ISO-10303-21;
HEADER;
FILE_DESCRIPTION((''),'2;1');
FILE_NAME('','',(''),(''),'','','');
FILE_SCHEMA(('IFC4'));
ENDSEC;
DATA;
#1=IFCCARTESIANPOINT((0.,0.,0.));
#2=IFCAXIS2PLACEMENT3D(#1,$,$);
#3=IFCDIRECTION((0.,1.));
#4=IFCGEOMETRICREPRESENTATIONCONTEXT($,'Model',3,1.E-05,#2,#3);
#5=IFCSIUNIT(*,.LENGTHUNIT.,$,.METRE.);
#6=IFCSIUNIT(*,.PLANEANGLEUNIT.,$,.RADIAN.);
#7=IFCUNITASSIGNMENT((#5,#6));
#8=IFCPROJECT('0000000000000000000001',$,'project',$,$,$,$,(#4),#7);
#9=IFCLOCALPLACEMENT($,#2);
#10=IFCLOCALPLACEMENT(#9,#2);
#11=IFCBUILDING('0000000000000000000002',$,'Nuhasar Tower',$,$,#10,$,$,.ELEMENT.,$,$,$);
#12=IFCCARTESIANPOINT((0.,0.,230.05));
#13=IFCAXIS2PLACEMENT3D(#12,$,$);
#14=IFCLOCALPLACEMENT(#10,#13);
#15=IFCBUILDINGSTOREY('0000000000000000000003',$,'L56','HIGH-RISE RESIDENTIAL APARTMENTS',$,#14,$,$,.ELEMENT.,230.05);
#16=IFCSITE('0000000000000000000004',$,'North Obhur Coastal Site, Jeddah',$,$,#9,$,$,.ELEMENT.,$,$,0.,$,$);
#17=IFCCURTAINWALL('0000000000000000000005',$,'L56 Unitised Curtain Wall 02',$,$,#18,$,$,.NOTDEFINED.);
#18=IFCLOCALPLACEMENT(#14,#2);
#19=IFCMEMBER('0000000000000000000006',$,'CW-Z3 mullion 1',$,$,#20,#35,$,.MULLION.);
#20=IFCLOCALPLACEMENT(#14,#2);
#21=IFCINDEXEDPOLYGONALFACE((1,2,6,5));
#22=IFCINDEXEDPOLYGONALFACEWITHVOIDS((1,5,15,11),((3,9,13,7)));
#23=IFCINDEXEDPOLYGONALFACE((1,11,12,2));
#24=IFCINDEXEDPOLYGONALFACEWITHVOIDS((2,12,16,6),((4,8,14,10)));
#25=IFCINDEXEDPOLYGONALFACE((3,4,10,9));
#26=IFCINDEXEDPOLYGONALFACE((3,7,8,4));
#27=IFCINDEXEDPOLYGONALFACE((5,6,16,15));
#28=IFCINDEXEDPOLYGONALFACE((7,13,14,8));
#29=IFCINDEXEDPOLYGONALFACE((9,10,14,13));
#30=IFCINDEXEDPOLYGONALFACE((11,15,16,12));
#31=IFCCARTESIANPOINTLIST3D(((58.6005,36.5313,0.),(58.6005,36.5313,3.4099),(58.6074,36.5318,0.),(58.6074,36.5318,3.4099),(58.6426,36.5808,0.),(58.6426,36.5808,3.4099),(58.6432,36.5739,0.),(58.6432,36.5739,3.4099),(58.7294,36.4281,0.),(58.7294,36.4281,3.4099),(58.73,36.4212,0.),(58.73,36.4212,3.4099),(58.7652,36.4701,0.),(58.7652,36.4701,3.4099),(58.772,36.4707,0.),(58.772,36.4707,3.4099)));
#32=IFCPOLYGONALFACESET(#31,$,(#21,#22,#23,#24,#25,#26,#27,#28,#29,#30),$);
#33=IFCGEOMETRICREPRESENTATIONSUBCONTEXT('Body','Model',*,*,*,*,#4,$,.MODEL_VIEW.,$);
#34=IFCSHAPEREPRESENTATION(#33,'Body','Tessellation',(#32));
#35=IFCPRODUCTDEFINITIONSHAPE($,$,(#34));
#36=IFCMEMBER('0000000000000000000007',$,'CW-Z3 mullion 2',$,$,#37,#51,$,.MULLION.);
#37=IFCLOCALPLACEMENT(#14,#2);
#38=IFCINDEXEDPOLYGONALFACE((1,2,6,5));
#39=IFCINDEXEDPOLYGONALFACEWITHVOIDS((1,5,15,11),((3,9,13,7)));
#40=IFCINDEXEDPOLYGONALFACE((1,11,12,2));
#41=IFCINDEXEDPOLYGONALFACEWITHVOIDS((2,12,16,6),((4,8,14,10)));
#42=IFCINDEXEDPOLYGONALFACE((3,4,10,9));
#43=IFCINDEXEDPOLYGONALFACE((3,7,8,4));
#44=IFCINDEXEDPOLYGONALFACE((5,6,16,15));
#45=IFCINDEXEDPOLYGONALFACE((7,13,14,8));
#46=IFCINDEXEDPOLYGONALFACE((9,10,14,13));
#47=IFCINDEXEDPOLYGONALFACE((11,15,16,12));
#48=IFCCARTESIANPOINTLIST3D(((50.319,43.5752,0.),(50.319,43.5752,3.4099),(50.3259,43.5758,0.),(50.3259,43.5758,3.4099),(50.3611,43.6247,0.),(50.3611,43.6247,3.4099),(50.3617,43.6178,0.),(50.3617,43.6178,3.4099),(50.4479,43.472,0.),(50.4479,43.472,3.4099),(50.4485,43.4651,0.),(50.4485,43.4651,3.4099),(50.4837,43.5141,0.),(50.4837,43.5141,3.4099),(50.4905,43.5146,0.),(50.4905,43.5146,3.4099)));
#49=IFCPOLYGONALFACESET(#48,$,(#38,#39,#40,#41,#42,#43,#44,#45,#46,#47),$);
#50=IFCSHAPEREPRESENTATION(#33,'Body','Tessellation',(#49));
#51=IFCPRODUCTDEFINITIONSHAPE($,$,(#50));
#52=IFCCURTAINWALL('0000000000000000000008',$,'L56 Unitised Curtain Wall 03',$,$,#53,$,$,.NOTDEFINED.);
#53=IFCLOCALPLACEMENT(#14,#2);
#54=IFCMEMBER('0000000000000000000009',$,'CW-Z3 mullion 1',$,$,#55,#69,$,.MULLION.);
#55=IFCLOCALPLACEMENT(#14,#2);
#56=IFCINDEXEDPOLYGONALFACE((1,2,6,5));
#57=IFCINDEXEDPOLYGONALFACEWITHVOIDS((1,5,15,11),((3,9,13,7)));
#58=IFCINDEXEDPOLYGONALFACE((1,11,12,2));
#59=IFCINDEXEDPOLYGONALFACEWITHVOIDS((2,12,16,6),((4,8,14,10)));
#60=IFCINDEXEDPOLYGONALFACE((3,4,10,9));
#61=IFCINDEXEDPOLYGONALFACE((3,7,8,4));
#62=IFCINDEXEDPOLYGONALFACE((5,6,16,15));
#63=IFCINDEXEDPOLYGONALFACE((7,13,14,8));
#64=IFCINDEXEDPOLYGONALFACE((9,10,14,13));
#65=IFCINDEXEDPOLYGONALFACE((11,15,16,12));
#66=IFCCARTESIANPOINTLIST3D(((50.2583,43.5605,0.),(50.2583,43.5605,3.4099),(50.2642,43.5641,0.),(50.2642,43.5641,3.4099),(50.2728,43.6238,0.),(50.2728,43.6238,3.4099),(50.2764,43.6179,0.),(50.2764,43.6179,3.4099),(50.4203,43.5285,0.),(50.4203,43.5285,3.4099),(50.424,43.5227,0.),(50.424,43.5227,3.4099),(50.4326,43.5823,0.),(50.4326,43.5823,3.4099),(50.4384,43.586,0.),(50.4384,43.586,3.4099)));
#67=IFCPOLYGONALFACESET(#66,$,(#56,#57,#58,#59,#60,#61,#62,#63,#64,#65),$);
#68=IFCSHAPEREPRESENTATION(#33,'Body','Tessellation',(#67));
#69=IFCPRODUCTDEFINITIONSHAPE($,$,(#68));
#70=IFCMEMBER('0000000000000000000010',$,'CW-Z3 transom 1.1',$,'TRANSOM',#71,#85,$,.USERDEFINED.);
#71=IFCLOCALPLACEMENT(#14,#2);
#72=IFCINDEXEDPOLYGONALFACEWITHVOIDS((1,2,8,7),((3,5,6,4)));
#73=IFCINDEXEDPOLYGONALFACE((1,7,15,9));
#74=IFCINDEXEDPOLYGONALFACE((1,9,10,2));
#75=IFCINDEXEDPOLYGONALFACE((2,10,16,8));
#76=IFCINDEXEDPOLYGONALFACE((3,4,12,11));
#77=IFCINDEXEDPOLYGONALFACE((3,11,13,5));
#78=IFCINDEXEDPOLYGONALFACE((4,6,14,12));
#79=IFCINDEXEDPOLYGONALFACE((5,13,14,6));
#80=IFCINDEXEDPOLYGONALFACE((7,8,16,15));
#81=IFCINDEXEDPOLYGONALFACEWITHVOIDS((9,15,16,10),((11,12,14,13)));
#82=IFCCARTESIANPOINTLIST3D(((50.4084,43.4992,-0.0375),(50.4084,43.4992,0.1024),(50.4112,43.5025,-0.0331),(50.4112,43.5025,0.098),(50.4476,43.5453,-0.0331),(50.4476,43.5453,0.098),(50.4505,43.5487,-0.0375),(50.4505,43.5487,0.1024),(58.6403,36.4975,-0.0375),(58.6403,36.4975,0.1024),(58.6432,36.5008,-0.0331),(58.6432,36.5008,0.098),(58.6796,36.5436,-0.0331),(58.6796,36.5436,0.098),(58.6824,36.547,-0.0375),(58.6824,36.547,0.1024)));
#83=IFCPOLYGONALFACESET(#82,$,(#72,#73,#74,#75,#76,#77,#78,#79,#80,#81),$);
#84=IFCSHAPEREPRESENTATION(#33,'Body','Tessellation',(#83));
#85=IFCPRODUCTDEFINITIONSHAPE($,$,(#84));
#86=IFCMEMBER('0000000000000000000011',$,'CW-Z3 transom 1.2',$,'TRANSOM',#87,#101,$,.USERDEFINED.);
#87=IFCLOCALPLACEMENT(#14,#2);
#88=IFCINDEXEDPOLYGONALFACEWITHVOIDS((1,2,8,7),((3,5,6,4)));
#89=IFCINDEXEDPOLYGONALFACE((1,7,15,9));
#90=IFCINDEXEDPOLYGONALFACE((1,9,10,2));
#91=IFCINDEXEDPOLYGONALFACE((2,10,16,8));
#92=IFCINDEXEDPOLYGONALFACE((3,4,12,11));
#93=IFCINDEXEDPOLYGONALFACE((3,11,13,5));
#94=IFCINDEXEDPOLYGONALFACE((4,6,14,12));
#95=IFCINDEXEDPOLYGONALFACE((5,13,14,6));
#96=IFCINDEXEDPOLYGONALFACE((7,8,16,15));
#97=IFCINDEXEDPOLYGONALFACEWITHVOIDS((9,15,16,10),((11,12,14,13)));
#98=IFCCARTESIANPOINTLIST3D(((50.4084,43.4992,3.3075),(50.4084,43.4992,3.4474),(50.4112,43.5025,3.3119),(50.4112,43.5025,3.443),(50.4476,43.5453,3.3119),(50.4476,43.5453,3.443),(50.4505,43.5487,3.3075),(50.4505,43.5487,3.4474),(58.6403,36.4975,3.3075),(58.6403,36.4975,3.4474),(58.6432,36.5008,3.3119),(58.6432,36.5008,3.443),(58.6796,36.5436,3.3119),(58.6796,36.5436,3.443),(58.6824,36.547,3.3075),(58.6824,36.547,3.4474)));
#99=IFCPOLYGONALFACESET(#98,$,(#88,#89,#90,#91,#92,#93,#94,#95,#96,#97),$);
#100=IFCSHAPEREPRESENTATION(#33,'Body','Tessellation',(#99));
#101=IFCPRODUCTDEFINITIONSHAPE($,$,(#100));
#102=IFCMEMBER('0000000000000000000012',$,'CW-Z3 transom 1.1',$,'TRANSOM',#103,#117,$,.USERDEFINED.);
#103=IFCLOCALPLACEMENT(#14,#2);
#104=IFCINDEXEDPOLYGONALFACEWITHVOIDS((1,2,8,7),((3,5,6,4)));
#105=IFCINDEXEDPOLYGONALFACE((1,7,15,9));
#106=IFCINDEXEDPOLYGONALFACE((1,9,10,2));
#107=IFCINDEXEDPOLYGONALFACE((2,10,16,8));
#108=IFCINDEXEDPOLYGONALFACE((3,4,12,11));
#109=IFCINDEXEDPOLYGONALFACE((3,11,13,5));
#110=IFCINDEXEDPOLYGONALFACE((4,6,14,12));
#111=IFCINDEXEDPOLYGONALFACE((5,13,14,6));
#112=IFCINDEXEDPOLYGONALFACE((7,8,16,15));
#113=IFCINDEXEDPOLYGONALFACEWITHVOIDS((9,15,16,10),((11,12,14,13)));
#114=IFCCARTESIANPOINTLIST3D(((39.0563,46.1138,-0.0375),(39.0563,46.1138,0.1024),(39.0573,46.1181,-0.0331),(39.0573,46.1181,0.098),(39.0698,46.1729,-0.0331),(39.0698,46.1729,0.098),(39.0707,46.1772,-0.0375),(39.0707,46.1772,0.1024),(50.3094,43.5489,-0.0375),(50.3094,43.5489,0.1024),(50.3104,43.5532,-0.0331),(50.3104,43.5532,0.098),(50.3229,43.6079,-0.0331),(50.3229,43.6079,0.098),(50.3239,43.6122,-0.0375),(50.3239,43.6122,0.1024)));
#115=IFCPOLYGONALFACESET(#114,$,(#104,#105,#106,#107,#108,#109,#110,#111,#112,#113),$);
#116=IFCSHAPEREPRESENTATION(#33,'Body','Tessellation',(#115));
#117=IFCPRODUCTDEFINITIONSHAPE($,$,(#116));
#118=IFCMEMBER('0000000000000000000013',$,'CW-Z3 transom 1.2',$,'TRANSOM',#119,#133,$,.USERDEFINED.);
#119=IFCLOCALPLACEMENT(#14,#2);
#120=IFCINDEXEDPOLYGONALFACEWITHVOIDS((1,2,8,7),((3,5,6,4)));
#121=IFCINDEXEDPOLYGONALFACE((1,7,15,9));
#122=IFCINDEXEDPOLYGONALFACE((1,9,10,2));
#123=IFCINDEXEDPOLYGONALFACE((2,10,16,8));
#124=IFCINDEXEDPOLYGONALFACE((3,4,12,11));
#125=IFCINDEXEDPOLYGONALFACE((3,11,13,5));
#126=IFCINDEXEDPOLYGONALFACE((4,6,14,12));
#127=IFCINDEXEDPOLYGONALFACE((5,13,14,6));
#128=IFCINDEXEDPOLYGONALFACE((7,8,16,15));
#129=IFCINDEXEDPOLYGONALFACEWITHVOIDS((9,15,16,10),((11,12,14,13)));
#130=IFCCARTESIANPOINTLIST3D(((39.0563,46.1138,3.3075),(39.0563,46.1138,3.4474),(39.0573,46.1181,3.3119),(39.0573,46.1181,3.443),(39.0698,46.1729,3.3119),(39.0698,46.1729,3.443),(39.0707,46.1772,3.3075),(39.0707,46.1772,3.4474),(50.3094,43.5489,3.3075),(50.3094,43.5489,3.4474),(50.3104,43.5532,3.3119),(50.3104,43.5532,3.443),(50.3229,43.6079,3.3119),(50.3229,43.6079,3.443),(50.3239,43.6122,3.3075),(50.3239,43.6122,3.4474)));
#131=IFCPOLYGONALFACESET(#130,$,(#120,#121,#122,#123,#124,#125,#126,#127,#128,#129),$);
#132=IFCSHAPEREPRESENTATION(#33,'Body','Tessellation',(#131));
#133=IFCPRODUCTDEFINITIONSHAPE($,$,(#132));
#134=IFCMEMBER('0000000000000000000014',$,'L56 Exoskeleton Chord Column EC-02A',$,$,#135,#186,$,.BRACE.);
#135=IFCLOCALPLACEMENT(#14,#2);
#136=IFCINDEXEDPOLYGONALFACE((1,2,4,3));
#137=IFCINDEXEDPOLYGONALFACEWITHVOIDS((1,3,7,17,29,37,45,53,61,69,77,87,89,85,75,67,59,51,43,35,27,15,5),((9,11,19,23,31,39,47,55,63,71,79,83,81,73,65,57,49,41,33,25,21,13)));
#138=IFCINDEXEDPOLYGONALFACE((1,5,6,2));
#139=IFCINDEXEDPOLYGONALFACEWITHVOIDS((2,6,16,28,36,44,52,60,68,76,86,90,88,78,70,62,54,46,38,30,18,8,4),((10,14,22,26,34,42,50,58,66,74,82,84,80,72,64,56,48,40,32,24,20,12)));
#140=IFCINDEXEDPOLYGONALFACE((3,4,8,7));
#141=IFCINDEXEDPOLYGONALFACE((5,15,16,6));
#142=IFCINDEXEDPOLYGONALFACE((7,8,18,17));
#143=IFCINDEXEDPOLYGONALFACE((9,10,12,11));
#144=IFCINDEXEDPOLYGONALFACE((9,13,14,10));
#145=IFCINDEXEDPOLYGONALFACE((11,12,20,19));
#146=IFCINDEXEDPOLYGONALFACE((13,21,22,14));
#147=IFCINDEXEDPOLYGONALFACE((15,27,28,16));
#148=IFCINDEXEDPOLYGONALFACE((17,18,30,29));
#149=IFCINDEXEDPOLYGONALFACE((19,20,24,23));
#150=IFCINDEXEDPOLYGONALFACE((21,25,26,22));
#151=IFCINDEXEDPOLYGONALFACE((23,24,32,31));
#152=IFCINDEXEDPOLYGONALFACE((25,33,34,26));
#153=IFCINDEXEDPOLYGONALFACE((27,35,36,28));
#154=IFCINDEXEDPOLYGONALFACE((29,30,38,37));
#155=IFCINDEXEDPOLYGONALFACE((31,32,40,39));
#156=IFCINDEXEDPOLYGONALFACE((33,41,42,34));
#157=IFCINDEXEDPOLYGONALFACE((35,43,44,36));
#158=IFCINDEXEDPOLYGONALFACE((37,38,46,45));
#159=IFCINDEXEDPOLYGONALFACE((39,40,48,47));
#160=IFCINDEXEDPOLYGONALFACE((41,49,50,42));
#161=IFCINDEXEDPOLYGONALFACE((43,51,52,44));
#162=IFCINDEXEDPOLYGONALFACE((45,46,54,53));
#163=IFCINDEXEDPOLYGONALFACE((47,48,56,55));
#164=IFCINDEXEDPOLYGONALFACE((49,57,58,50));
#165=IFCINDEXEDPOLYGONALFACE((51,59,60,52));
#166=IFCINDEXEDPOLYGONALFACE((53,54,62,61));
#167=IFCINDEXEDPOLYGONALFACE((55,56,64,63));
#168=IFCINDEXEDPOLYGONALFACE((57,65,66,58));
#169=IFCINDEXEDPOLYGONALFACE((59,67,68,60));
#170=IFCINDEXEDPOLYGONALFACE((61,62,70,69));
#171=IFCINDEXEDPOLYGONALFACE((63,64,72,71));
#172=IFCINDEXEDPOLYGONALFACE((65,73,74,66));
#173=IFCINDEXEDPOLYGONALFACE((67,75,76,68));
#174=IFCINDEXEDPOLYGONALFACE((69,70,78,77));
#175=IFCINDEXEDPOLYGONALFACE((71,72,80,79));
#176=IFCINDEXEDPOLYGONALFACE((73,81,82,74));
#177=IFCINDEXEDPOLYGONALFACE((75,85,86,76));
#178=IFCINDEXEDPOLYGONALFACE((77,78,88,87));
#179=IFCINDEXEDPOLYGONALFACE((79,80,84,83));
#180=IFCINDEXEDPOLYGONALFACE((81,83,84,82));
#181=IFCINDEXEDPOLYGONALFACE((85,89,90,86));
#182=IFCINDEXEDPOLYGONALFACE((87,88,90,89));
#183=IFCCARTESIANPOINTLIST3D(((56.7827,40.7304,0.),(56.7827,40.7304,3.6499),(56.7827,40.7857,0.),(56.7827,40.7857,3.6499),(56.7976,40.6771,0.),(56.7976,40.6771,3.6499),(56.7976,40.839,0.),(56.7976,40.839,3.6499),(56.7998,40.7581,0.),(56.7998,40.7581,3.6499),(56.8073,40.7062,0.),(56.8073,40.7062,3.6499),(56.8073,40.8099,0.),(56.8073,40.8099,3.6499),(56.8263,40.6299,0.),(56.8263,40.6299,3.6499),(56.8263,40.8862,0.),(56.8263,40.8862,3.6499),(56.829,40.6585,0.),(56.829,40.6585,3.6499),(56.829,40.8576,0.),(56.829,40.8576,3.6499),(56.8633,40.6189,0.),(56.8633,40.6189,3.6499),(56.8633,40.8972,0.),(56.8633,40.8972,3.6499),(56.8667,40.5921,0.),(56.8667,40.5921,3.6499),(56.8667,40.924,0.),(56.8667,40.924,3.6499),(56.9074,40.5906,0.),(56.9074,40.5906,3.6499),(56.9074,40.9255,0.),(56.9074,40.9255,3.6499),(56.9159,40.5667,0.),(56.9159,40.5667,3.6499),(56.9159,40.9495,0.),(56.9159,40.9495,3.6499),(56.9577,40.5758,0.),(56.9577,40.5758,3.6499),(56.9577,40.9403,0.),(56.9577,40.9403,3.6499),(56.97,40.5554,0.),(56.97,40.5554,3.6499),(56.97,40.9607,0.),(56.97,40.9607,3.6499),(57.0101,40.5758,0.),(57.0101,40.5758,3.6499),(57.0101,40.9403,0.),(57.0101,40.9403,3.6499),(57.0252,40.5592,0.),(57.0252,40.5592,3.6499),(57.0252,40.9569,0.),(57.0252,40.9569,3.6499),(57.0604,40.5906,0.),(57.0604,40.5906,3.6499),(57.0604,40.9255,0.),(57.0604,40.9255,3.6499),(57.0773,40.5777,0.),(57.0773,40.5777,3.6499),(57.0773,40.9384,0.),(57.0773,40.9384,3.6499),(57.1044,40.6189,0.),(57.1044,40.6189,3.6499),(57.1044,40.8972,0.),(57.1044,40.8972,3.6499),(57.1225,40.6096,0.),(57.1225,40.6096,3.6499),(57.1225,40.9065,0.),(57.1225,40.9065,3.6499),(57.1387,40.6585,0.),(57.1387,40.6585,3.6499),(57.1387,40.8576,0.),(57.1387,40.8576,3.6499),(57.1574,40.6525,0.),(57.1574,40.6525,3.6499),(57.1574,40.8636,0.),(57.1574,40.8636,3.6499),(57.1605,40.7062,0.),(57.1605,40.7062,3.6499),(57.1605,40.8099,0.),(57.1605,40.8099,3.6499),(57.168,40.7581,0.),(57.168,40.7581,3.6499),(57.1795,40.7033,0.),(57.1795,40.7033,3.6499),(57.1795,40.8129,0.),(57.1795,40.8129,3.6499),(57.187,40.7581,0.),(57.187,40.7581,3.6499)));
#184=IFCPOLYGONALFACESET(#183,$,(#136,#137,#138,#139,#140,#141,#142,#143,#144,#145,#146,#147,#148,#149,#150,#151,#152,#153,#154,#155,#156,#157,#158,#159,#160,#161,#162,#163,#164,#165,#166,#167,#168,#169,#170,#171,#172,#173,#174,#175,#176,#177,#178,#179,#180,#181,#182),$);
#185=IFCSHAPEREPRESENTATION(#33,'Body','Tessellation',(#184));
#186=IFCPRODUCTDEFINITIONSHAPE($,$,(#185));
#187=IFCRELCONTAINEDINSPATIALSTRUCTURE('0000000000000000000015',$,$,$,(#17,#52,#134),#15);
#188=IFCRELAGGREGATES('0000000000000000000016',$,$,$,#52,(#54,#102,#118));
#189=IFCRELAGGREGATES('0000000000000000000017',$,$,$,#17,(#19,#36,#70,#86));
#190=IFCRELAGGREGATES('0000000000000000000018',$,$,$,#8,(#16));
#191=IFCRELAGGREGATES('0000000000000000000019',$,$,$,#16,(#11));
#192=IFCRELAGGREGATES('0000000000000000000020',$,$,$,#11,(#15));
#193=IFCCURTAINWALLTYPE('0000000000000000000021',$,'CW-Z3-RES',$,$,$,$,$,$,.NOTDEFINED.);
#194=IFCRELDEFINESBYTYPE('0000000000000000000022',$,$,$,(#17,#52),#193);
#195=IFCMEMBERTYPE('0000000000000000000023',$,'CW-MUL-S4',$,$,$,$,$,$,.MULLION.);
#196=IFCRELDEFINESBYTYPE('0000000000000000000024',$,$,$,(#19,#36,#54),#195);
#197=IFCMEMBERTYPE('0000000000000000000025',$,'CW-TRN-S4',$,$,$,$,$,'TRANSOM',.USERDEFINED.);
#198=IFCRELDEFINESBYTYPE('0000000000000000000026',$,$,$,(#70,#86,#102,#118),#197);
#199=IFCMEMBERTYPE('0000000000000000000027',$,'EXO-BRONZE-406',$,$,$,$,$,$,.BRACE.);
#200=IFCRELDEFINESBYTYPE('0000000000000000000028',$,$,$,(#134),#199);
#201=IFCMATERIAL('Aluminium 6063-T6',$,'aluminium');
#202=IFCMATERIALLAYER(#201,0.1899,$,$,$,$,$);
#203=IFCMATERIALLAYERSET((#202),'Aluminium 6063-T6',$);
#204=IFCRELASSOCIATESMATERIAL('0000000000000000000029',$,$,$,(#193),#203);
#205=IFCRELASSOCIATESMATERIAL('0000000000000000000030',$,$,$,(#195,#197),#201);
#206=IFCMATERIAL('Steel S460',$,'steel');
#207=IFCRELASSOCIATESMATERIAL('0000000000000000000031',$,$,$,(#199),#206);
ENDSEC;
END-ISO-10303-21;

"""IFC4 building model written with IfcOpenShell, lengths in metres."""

from ifc_helpers import new_model, si_unit, direction, frame, origin, origin_2d, place, context, subcontext, project, spatial, hollow_rectangle, hollow_circle, extrude, material, layer, layer_set, material_profile, profile_set, type_object, element, aggregate, save


model = new_model("IFC4")

# Units and contexts
model_context = context("Model", 3, precision=1e-05, world=origin(), true_north=direction((0.0, 1.0)))
body_context = subcontext(model_context, "Body", "Model", "MODEL_VIEW")
ifc_project = project(units=[si_unit("LENGTHUNIT", "METRE"), si_unit("PLANEANGLEUNIT", "RADIAN")], contexts=[model_context])

# Site, building, storey
site_placement = place(None, origin())
site = spatial("IfcSite", under=ifc_project, at=site_placement, Name="North Obhur Coastal Site, Jeddah", CompositionType="ELEMENT", RefElevation=0.0)
building_placement = place(site_placement, origin())
building = spatial("IfcBuilding", under=site, at=building_placement, Name="Nuhasar Tower", CompositionType="ELEMENT")
storey_placement = place(building_placement, frame((0.0, 0.0, 230.05)))
storey = spatial("IfcBuildingStorey", under=building, at=storey_placement, Name="L56", Description="HIGH-RISE RESIDENTIAL APARTMENTS", CompositionType="ELEMENT", Elevation=230.05)

# Curtain wall, members
ifc_material_1 = material(Name="Aluminium 6063-T6", Category="aluminium")
ifc_layer_1 = layer(ifc_material_1, 0.1899)
ifc_layer_set_1 = layer_set([ifc_layer_1], Name="Aluminium 6063-T6")
curtain_wall_type = type_object("IfcCurtainWallType", Name="CW-Z3-RES", PredefinedType="NOTDEFINED", material=ifc_layer_set_1)
curtain_wall_1_placement = place(storey_placement, origin())
curtain_wall_1 = element("IfcCurtainWall", 1, at=curtain_wall_1_placement, inside=storey, type_object=curtain_wall_type, Name="L56 Unitised Curtain Wall 02", PredefinedType="NOTDEFINED")
ifc_material_profile_1 = material_profile(ifc_material_1, hollow_rectangle(XDim=0.0649, YDim=0.1699, WallThickness=0.0049, at=origin_2d()), Name="CWM-4")
ifc_profile_set_1 = profile_set([ifc_material_profile_1], Name="Aluminium 6063-T6")
member_type_1 = type_object("IfcMemberType", Name="CW-MUL-S4", PredefinedType="MULLION", material=ifc_profile_set_1)
member_1_placement = place(storey_placement, frame((58.6863, 36.501, 0.0), z_axis=(0.0, 0.0, 1.0), x_axis=(-0.647895, -0.761729, 0.0)))
member_1 = element("IfcMember", 2, at=member_1_placement, type_object=member_type_1, Name="CW-Z3 mullion 1", PredefinedType="MULLION", context=body_context, shape_type="SweptSolid", body=[
    extrude(hollow_rectangle(XDim=0.0649, YDim=0.1699, WallThickness=0.0049, at=origin_2d()), origin(), (0.0, 0.0, 1.0), 3.4099),
])
member_2_placement = place(storey_placement, frame((50.4048, 43.5449, 0.0), z_axis=(0.0, 0.0, 1.0), x_axis=(-0.647895, -0.761729, 0.0)))
member_2 = element("IfcMember", 3, at=member_2_placement, type_object=member_type_1, Name="CW-Z3 mullion 2", PredefinedType="MULLION", context=body_context, shape_type="SweptSolid", body=[
    extrude(hollow_rectangle(XDim=0.0649, YDim=0.1699, WallThickness=0.0049, at=origin_2d()), origin(), (0.0, 0.0, 1.0), 3.4099),
])

# Curtain wall, member
curtain_wall_2_placement = place(storey_placement, origin())
curtain_wall_2 = element("IfcCurtainWall", 4, at=curtain_wall_2_placement, inside=storey, type_object=curtain_wall_type, Name="L56 Unitised Curtain Wall 03", PredefinedType="NOTDEFINED")
member_3_placement = place(storey_placement, frame((50.3484, 43.5732, 0.0), z_axis=(0.0, 0.0, 1.0), x_axis=(-0.222243, -0.974991, 0.0)))
member_3 = element("IfcMember", 5, at=member_3_placement, type_object=member_type_1, Name="CW-Z3 mullion 1", PredefinedType="MULLION", context=body_context, shape_type="SweptSolid", body=[
    extrude(hollow_rectangle(XDim=0.0649, YDim=0.1699, WallThickness=0.0049, at=origin_2d()), origin(), (0.0, 0.0, 1.0), 3.4099),
])

# Members
ifc_material_profile_2 = material_profile(ifc_material_1, hollow_rectangle(XDim=0.0649, YDim=0.1399, WallThickness=0.0044, at=origin_2d()), Name="CWT-4")
ifc_profile_set_2 = profile_set([ifc_material_profile_2], Name="Aluminium 6063-T6")
member_type_2 = type_object("IfcMemberType", Name="CW-TRN-S4", ElementType="TRANSOM", PredefinedType="USERDEFINED", material=ifc_profile_set_2)
member_4_placement = place(storey_placement, frame((58.6614, 36.5222, 0.0325), z_axis=(-0.761731, 0.647894, 0.0), x_axis=(-0.647894, -0.761731, 0.0)))
member_4 = element("IfcMember", 6, at=member_4_placement, type_object=member_type_2, Name="CW-Z3 transom 1.1", ObjectType="TRANSOM", PredefinedType="USERDEFINED", context=body_context, shape_type="SweptSolid", body=[
    extrude(hollow_rectangle(XDim=0.0649, YDim=0.1399, WallThickness=0.0044, at=origin_2d()), origin(), (0.0, 0.0, 1.0), 10.8069),
])
member_5_placement = place(storey_placement, frame((58.6614, 36.5222, 3.3774), z_axis=(-0.761731, 0.647894, 0.0), x_axis=(-0.647894, -0.761731, 0.0)))
member_5 = element("IfcMember", 7, at=member_5_placement, type_object=member_type_2, Name="CW-Z3 transom 1.2", ObjectType="TRANSOM", PredefinedType="USERDEFINED", context=body_context, shape_type="SweptSolid", body=[
    extrude(hollow_rectangle(XDim=0.0649, YDim=0.1399, WallThickness=0.0044, at=origin_2d()), origin(), (0.0, 0.0, 1.0), 10.8069),
])
member_6_placement = place(storey_placement, frame((50.3167, 43.5806, 0.0325), z_axis=(-0.974994, 0.222231, 0.0), x_axis=(-0.222231, -0.974994, 0.0)))
member_6 = element("IfcMember", 8, at=member_6_placement, type_object=member_type_2, Name="CW-Z3 transom 1.1", ObjectType="TRANSOM", PredefinedType="USERDEFINED", context=body_context, shape_type="SweptSolid", body=[
    extrude(hollow_rectangle(XDim=0.0649, YDim=0.1399, WallThickness=0.0044, at=origin_2d()), origin(), (0.0, 0.0, 1.0), 11.5417),
])
member_7_placement = place(storey_placement, frame((50.3167, 43.5806, 3.3774), z_axis=(-0.974994, 0.222231, 0.0), x_axis=(-0.222231, -0.974994, 0.0)))
member_7 = element("IfcMember", 9, at=member_7_placement, type_object=member_type_2, Name="CW-Z3 transom 1.2", ObjectType="TRANSOM", PredefinedType="USERDEFINED", context=body_context, shape_type="SweptSolid", body=[
    extrude(hollow_rectangle(XDim=0.0649, YDim=0.1399, WallThickness=0.0044, at=origin_2d()), origin(), (0.0, 0.0, 1.0), 11.5417),
])
aggregate(curtain_wall_2, [member_3, member_6, member_7])

# Member
ifc_material_2 = material(Name="Steel S460", Category="steel")
ifc_material_profile_3 = material_profile(ifc_material_2, hollow_circle(Radius=0.2031, WallThickness=0.019, at=origin_2d()), Name="HSS406.4X19.1")
ifc_profile_set_3 = profile_set([ifc_material_profile_3], Name="Steel S460")
member_type_3 = type_object("IfcMemberType", Name="EXO-BRONZE-406", PredefinedType="BRACE", material=ifc_profile_set_3)
for number, where, z_axis, x_axis, name in (
    (10, (56.9839, 40.7581, 0.0), (0.0, 0.0, 1.0), (1.0, 0.0, 0.0), "L56 Exoskeleton Chord Column EC-02A"),
):
    element("IfcMember", number, at=place(storey_placement, frame(where, z_axis=z_axis, x_axis=x_axis)), inside=storey, type_object=member_type_3, Name=name, PredefinedType="BRACE", context=body_context, shape_type="SweptSolid", body=[
        extrude(hollow_circle(Radius=0.2031, WallThickness=0.019, at=origin_2d()), origin(), (0.0, 0.0, 1.0), 3.6499),
    ])

aggregate(curtain_wall_1, [member_1, member_2, member_4, member_5])

save(model, "model.ifc")
